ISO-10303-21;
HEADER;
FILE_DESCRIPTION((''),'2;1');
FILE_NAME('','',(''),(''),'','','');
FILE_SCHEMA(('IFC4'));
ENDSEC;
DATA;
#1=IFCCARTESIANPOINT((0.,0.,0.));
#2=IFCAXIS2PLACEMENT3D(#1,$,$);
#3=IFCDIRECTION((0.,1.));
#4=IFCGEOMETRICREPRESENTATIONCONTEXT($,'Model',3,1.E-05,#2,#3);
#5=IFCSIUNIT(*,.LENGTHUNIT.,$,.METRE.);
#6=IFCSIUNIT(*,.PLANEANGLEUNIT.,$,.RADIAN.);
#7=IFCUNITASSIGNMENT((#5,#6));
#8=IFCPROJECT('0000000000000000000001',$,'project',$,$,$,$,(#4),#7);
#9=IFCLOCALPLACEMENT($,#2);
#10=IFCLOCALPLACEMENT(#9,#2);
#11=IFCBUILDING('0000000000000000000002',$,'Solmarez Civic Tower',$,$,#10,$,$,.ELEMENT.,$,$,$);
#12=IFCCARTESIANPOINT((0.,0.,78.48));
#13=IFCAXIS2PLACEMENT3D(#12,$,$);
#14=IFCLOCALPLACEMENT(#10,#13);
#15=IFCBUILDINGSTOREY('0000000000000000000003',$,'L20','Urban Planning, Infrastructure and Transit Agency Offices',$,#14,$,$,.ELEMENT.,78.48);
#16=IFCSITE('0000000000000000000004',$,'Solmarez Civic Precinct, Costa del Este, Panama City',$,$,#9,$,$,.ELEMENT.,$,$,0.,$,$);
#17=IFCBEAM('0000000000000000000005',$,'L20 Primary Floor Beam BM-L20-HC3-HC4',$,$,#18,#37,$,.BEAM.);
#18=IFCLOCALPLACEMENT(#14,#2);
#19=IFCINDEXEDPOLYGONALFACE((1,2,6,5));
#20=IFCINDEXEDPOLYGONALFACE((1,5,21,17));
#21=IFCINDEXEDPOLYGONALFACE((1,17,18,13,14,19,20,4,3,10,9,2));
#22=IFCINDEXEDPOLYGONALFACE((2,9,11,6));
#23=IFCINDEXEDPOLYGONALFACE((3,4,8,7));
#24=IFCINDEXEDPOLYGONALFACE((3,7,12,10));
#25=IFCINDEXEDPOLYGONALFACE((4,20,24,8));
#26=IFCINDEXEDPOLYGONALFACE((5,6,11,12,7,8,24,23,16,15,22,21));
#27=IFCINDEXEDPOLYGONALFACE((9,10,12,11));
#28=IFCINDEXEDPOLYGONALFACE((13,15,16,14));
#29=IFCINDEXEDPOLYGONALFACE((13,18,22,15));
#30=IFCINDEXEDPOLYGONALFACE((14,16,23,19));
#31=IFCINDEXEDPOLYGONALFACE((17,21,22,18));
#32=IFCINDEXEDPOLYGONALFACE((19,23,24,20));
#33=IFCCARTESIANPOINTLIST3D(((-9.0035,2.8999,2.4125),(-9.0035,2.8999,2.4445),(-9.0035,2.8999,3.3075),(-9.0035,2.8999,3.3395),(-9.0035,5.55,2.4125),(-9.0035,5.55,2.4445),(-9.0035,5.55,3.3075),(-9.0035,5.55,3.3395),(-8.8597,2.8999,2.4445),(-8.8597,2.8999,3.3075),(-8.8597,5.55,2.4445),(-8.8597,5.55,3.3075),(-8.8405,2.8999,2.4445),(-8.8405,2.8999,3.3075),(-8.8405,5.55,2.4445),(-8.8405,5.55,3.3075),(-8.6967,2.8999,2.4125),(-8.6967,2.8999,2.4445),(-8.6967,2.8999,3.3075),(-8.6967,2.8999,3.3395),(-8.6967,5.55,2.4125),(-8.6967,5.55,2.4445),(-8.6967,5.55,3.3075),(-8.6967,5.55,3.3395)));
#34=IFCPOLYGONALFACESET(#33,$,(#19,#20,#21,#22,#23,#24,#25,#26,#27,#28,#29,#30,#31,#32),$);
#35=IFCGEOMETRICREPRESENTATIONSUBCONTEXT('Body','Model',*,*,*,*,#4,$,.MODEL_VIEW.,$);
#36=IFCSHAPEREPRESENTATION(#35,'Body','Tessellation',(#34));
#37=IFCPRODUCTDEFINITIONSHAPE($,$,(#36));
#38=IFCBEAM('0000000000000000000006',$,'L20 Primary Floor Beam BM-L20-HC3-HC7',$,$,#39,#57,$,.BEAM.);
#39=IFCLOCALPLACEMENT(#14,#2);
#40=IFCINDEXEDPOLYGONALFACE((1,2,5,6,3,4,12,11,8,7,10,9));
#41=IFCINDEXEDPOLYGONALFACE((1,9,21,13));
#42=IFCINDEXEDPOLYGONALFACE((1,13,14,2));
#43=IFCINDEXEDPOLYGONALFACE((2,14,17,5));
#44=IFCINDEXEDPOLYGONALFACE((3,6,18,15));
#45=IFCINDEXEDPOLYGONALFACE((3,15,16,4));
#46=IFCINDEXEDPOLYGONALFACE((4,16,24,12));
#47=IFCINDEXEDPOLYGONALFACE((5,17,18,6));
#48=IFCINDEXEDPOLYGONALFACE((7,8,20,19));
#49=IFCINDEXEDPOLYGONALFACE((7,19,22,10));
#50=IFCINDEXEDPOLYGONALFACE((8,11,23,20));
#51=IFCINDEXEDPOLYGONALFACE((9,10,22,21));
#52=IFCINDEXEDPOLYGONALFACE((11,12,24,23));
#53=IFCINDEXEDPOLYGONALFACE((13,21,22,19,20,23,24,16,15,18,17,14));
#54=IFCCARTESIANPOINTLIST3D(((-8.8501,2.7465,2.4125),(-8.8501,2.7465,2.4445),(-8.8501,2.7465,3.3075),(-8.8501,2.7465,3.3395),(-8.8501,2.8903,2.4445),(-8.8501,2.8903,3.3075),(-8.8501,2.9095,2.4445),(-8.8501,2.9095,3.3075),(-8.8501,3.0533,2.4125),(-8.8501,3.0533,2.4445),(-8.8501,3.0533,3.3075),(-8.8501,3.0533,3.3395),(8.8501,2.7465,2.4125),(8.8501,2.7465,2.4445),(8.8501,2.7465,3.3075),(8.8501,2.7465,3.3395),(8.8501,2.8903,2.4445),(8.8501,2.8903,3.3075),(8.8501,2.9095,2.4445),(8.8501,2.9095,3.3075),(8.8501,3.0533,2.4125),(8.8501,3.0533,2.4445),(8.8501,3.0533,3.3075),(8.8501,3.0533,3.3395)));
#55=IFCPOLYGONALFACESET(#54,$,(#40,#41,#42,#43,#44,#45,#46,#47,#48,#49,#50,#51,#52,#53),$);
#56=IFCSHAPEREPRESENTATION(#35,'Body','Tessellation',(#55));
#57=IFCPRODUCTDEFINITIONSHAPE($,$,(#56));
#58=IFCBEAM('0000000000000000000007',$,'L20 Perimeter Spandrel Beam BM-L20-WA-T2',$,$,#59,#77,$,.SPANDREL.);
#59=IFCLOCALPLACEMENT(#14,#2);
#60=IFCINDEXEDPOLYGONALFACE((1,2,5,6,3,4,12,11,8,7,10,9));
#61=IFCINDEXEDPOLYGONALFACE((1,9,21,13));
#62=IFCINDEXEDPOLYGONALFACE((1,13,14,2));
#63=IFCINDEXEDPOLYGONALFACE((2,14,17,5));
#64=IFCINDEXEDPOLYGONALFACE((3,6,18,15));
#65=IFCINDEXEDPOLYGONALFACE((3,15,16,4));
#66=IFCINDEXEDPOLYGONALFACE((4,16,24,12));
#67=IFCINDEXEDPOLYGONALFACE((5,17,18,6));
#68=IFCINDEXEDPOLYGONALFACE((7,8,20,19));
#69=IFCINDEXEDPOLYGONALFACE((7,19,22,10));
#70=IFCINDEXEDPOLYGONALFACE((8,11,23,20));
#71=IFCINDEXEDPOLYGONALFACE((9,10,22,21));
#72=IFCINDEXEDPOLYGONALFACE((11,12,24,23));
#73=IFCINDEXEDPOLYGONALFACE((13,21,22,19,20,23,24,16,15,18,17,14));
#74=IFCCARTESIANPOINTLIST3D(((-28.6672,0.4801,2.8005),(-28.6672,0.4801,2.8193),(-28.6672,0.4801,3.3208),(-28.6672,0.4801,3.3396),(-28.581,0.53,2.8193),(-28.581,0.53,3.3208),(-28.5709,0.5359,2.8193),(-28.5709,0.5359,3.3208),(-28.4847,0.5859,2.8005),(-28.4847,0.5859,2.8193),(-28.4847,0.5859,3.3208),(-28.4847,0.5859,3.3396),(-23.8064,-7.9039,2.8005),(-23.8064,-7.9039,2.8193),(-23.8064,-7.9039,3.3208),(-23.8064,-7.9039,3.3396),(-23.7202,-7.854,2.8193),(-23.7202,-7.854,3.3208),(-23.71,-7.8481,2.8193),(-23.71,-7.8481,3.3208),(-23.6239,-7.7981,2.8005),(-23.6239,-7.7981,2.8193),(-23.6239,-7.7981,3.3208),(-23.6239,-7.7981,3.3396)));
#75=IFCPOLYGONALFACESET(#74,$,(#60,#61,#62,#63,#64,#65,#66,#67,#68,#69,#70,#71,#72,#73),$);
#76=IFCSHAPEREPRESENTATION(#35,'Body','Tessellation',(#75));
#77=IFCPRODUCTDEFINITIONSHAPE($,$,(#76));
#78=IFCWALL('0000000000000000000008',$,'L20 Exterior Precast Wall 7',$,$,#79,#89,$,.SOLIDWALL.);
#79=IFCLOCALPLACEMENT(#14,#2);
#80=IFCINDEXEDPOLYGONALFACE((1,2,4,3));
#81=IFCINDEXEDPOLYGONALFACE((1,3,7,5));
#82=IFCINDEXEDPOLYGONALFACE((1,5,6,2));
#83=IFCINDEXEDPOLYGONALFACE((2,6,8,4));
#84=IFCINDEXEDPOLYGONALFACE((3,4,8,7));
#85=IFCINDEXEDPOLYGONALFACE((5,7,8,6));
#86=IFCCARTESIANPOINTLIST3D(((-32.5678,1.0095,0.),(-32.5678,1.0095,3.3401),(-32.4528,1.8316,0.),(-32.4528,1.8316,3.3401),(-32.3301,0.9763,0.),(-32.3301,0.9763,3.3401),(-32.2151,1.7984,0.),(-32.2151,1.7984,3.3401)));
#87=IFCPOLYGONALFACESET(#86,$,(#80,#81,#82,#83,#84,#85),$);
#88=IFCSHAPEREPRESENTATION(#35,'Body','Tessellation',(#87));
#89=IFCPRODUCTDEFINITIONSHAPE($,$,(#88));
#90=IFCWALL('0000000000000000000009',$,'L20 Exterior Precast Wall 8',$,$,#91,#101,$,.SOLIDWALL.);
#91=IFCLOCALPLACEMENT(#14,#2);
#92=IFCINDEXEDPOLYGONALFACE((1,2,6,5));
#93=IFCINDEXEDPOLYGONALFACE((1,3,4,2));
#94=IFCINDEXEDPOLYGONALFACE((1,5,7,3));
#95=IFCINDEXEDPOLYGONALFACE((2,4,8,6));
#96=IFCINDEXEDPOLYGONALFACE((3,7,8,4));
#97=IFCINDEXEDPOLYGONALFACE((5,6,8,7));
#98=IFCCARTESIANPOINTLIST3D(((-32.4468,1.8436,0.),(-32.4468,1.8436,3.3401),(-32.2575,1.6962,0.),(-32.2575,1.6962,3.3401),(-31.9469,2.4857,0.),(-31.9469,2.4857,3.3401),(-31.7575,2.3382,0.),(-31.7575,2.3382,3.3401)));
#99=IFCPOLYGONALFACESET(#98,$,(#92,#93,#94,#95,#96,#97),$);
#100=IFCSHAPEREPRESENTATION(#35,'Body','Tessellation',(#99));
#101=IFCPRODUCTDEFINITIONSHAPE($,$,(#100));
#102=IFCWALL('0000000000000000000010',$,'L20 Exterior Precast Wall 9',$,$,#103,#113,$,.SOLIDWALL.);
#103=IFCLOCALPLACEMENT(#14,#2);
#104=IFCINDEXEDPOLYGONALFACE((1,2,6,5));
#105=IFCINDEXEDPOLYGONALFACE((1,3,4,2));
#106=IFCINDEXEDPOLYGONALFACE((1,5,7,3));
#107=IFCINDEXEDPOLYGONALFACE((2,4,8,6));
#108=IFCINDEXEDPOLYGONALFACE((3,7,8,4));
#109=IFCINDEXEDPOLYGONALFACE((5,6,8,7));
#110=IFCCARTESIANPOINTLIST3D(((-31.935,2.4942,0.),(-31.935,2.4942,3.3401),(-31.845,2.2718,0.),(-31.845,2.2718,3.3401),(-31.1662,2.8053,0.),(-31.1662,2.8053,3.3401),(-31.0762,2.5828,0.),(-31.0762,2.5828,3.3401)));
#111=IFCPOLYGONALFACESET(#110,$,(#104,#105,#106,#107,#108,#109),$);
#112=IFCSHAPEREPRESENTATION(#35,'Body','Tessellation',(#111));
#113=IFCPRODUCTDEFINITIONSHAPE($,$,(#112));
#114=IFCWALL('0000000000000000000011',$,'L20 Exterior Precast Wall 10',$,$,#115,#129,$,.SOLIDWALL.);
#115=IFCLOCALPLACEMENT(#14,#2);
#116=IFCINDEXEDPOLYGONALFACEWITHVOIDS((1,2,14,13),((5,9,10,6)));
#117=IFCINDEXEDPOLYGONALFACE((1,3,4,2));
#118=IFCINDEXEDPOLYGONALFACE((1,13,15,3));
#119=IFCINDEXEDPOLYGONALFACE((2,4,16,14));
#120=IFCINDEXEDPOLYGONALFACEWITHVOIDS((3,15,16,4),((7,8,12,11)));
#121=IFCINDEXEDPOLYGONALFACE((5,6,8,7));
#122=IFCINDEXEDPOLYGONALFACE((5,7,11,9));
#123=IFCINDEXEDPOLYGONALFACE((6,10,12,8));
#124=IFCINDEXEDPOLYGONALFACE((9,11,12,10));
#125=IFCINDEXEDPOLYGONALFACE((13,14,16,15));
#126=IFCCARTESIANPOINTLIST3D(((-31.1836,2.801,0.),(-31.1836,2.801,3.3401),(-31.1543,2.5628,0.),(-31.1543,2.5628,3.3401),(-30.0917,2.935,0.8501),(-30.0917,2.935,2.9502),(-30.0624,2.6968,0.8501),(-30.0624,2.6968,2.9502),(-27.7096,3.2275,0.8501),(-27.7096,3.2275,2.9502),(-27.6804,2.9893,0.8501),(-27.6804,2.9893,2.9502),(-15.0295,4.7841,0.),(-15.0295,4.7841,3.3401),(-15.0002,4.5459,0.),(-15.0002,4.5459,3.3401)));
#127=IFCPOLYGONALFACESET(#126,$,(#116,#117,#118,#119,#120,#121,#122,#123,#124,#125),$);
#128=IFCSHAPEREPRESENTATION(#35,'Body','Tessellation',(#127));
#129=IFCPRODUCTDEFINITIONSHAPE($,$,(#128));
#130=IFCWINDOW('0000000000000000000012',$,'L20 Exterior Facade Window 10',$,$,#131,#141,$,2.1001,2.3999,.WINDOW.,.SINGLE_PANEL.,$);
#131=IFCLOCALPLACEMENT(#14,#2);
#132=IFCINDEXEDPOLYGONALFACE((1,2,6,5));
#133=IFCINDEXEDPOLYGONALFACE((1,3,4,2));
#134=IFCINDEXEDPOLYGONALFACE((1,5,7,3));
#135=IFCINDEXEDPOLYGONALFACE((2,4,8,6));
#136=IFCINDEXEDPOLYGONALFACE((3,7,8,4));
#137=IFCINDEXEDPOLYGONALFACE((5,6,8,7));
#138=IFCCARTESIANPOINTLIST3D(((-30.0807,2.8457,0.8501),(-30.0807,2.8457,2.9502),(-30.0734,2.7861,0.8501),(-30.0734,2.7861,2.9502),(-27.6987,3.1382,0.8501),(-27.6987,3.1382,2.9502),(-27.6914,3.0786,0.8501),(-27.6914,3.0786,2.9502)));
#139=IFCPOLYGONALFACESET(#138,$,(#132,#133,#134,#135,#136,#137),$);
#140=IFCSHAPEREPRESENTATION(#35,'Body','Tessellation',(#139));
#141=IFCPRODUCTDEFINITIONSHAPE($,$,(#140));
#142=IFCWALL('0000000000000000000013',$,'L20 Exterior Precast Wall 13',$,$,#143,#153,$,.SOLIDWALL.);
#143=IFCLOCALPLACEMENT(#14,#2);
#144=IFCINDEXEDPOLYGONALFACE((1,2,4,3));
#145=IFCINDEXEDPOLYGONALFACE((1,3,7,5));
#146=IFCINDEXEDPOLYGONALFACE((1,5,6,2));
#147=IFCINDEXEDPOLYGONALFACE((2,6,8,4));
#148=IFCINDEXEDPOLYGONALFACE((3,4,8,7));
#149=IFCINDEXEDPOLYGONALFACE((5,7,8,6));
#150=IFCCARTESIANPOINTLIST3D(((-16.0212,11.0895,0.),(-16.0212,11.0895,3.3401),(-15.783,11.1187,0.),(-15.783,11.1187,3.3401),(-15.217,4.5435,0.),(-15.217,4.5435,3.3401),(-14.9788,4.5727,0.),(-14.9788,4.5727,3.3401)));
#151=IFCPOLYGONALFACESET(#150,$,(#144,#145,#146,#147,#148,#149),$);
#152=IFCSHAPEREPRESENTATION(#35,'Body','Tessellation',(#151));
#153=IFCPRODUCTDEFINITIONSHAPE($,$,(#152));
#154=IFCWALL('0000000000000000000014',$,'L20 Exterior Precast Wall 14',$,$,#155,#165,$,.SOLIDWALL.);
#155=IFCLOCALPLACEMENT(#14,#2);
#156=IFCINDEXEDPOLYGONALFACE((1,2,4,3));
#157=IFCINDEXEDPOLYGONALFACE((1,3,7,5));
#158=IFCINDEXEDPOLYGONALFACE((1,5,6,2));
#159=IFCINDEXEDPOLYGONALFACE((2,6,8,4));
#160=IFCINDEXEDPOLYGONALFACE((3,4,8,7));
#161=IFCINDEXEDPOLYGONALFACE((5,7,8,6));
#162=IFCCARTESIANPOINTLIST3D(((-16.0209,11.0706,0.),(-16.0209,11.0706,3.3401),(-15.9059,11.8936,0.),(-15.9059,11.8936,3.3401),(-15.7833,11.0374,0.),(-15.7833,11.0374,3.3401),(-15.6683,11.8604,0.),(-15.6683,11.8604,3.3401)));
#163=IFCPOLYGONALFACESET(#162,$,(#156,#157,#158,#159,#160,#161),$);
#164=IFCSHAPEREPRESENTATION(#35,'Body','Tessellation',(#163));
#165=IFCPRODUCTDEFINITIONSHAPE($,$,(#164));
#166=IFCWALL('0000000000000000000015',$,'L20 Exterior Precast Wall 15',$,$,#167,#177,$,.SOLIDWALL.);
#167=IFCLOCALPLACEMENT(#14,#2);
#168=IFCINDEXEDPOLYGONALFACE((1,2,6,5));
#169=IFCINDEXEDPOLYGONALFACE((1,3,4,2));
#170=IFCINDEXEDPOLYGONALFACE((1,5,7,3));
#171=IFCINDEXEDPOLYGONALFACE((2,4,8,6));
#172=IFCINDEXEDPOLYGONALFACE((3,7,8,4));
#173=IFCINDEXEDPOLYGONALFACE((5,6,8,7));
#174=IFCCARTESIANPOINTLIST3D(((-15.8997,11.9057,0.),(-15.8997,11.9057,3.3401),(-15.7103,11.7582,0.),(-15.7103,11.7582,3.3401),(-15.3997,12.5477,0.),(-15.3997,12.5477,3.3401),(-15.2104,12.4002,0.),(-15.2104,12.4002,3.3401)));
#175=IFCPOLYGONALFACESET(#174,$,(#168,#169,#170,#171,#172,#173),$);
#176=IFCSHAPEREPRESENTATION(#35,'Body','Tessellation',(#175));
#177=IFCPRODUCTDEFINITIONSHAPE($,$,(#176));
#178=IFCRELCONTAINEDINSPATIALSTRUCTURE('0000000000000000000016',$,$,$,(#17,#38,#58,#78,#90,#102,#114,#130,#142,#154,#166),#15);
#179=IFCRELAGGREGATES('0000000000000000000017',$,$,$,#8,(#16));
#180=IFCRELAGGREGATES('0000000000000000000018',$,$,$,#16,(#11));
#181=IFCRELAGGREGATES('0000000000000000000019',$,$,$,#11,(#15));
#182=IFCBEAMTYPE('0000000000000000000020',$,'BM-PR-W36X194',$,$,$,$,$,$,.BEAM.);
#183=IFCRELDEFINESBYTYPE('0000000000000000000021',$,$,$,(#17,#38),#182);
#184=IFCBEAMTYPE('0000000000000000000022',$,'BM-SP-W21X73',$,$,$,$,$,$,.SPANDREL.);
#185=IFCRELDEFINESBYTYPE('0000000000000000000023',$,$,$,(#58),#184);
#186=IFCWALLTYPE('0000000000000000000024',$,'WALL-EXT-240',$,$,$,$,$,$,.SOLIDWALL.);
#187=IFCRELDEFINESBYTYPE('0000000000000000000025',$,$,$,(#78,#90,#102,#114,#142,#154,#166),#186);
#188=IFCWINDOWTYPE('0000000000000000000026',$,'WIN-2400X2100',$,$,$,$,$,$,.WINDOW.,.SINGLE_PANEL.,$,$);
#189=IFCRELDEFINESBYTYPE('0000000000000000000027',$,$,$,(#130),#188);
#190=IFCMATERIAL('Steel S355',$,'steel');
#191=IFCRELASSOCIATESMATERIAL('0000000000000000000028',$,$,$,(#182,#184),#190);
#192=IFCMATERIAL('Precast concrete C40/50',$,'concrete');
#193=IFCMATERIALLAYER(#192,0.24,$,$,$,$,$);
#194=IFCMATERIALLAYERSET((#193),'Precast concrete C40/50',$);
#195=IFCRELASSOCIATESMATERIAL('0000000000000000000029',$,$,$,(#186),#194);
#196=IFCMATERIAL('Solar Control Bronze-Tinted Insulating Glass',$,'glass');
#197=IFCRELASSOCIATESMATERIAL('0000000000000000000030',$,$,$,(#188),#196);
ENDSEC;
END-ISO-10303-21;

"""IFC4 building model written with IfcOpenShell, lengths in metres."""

from ifc_helpers import new_model, si_unit, direction, frame, frame_2d, origin, origin_2d, place, context, subcontext, project, spatial, rectangle, i_section, extrude, material, layer, layer_set, material_profile, profile_set, type_object, element, fill, save


model = new_model("IFC4")

# Units and contexts
model_context = context("Model", 3, precision=1e-05, world=origin(), true_north=direction((0.0, 1.0)))
body_context = subcontext(model_context, "Body", "Model", "MODEL_VIEW")
ifc_project = project(units=[si_unit("LENGTHUNIT", "METRE"), si_unit("PLANEANGLEUNIT", "RADIAN")], contexts=[model_context])

# Site, building, storey
site_placement = place(None, origin())
site = spatial("IfcSite", under=ifc_project, at=site_placement, Name="Solmarez Civic Precinct, Costa del Este, Panama City", CompositionType="ELEMENT", RefElevation=0.0)
building_placement = place(site_placement, origin())
building = spatial("IfcBuilding", under=site, at=building_placement, Name="Solmarez Civic Tower", CompositionType="ELEMENT")
storey_placement = place(building_placement, frame((0.0, 0.0, 78.48)))
storey = spatial("IfcBuildingStorey", under=building, at=storey_placement, Name="L20", Description="Urban Planning, Infrastructure and Transit Agency Offices", CompositionType="ELEMENT", Elevation=78.48)

# Beams
ifc_material_1 = material(Name="Steel S355", Category="steel")
ifc_material_profile_1 = material_profile(ifc_material_1, i_section(OverallWidth=0.3069, OverallDepth=0.927, WebThickness=0.0193, FlangeThickness=0.032, at=origin_2d()), Name="W36X194")
ifc_profile_set_1 = profile_set([ifc_material_profile_1], Name="Steel S355")
beam_type_1 = type_object("IfcBeamType", Name="BM-PR-W36X194", PredefinedType="BEAM", material=ifc_profile_set_1)
beam_1_placement = place(storey_placement, frame((-8.8501, 2.8999, 2.876), z_axis=(0.0, 1.0, 0.0), x_axis=(-1.0, 0.0, 0.0)))
element("IfcBeam", 1, at=beam_1_placement, inside=storey, type_object=beam_type_1, Name="L20 Primary Floor Beam BM-L20-HC3-HC4", PredefinedType="BEAM", context=body_context, shape_type="SweptSolid", body=[
    extrude(i_section(OverallWidth=0.3069, OverallDepth=0.927, WebThickness=0.0193, FlangeThickness=0.032, at=origin_2d()), origin(), (0.0, 0.0, 1.0), 2.6501),
])
beam_2_placement = place(storey_placement, frame((-8.8501, 2.8999, 2.876), z_axis=(1.0, 0.0, 0.0), x_axis=(0.0, 1.0, 0.0)))
element("IfcBeam", 2, at=beam_2_placement, inside=storey, type_object=beam_type_1, Name="L20 Primary Floor Beam BM-L20-HC3-HC7", PredefinedType="BEAM", context=body_context, shape_type="SweptSolid", body=[
    extrude(i_section(OverallWidth=0.3069, OverallDepth=0.927, WebThickness=0.0193, FlangeThickness=0.032, at=origin_2d()), origin(), (0.0, 0.0, 1.0), 17.7002),
])
ifc_material_profile_2 = material_profile(ifc_material_1, i_section(OverallWidth=0.2109, OverallDepth=0.5391, WebThickness=0.0117, FlangeThickness=0.0188, at=origin_2d()), Name="W21X73")
ifc_profile_set_2 = profile_set([ifc_material_profile_2], Name="Steel S355")
beam_type_2 = type_object("IfcBeamType", Name="BM-SP-W21X73", PredefinedType="SPANDREL", material=ifc_profile_set_2)
beam_3_placement = place(storey_placement, frame((-28.5759, 0.533, 3.0701), z_axis=(0.501571, -0.865116, 0.0), x_axis=(0.865116, 0.501571, 0.0)))
element("IfcBeam", 3, at=beam_3_placement, inside=storey, type_object=beam_type_2, Name="L20 Perimeter Spandrel Beam BM-L20-WA-T2", PredefinedType="SPANDREL", context=body_context, shape_type="SweptSolid", body=[
    extrude(i_section(OverallWidth=0.2109, OverallDepth=0.5391, WebThickness=0.0117, FlangeThickness=0.0188, at=origin_2d()), origin(), (0.0, 0.0, 1.0), 9.6912),
])

# Walls
ifc_material_2 = material(Name="Precast concrete C40/50", Category="concrete")
ifc_layer_1 = layer(ifc_material_2, 0.24)
ifc_layer_set_1 = layer_set([ifc_layer_1], Name="Precast concrete C40/50")
wall_type_1 = type_object("IfcWallType", Name="WALL-EXT-240", PredefinedType="SOLIDWALL", material=ifc_layer_set_1)
wall_1_placement = place(storey_placement, frame((-32.449, 0.9929, 0.0), z_axis=(0.0, 0.0, 1.0), x_axis=(0.138538, 0.990357, 0.0)))
element("IfcWall", 4, at=wall_1_placement, inside=storey, type_object=wall_type_1, Name="L20 Exterior Precast Wall 7", PredefinedType="SOLIDWALL", context=body_context, shape_type="SweptSolid", body=[
    extrude(rectangle(XDim=0.8301, YDim=0.24, at=frame_2d((0.415, 0.0))), origin(), (0.0, 0.0, 1.0), 3.3401),
])
wall_2_placement = place(storey_placement, frame((-32.3521, 1.77, 0.0), z_axis=(0.0, 0.0, 1.0), x_axis=(0.614397, 0.788997, 0.0)))
element("IfcWall", 5, at=wall_2_placement, inside=storey, type_object=wall_type_1, Name="L20 Exterior Precast Wall 8", PredefinedType="SOLIDWALL", context=body_context, shape_type="SweptSolid", body=[
    extrude(rectangle(XDim=0.8137, YDim=0.24, at=frame_2d((0.4067, 0.0))), origin(), (0.0, 0.0, 1.0), 3.3401),
])
wall_3_placement = place(storey_placement, frame((-31.8899, 2.3831, 0.0), z_axis=(0.0, 0.0, 1.0), x_axis=(0.927008, 0.375042, 0.0)))
element("IfcWall", 6, at=wall_3_placement, inside=storey, type_object=wall_type_1, Name="L20 Exterior Precast Wall 9", PredefinedType="SOLIDWALL", context=body_context, shape_type="SweptSolid", body=[
    extrude(rectangle(XDim=0.8293, YDim=0.24, at=frame_2d((0.4146, 0.0))), origin(), (0.0, 0.0, 1.0), 3.3401),
])

# Wall, opening, window
wall_4_placement = place(storey_placement, frame((-31.1689, 2.6819, 0.0), z_axis=(0.0, 0.0, 1.0), x_axis=(0.992548, 0.12185, 0.0)))
wall_4 = element("IfcWall", 7, at=wall_4_placement, inside=storey, type_object=wall_type_1, Name="L20 Exterior Precast Wall 10", PredefinedType="SOLIDWALL", context=body_context, shape_type="SweptSolid", body=[
    extrude(rectangle(XDim=16.2754, YDim=0.24, at=frame_2d((8.1377, 0.0))), origin(), (0.0, 0.0, 1.0), 3.3401),
])
opening_placement = place(wall_4_placement, frame((1.1001, 0.0, 0.8501)))
opening = element("IfcOpeningElement", 8, at=opening_placement, cuts=wall_4, PredefinedType="OPENING", context=body_context, shape_type="SweptSolid", body=[
    extrude(rectangle(XDim=2.3999, YDim=2.1001, at=frame_2d((1.2, 1.05))), frame((0.0, 0.1299, 0.0), z_axis=(0.0, -1.0, 0.0), x_axis=(1.0, 0.0, 0.0)), (0.0, 0.0, 1.0), 0.26),
])
ifc_material_3 = material(Name="Solar Control Bronze-Tinted Insulating Glass", Category="glass")
window_type = type_object("IfcWindowType", Name="WIN-2400X2100", PartitioningType="SINGLE_PANEL", PredefinedType="WINDOW", material=ifc_material_3)
window_placement = place(opening_placement, origin())
window = element("IfcWindow", 9, at=window_placement, inside=storey, type_object=window_type, Name="L20 Exterior Facade Window 10", OverallHeight=2.1001, OverallWidth=2.3999, PartitioningType="SINGLE_PANEL", PredefinedType="WINDOW", context=body_context, shape_type="SweptSolid", body=[
    extrude(rectangle(XDim=2.3999, YDim=2.1001, at=frame_2d((1.2, 1.05))), frame((0.0, 0.03, 0.0), z_axis=(0.0, -1.0, 0.0), x_axis=(1.0, 0.0, 0.0)), (0.0, 0.0, 1.0), 0.0601),
])
fill(opening, window)

# Walls
wall_5_placement = place(storey_placement, frame((-15.0979, 4.5581, 0.0), z_axis=(0.0, 0.0, 1.0), x_axis=(-0.121939, 0.992538, 0.0)))
element("IfcWall", 10, at=wall_5_placement, inside=storey, type_object=wall_type_1, Name="L20 Exterior Precast Wall 13", PredefinedType="SOLIDWALL", context=body_context, shape_type="SweptSolid", body=[
    extrude(rectangle(XDim=6.5952, YDim=0.24, at=frame_2d((3.2976, 0.0))), origin(), (0.0, 0.0, 1.0), 3.3401),
])
wall_6_placement = place(storey_placement, frame((-15.9021, 11.054, 0.0), z_axis=(0.0, 0.0, 1.0), x_axis=(0.138377, 0.99038, 0.0)))
element("IfcWall", 11, at=wall_6_placement, inside=storey, type_object=wall_type_1, Name="L20 Exterior Precast Wall 14", PredefinedType="SOLIDWALL", context=body_context, shape_type="SweptSolid", body=[
    extrude(rectangle(XDim=0.8311, YDim=0.24, at=frame_2d((0.4155, 0.0))), origin(), (0.0, 0.0, 1.0), 3.3401),
])
wall_7_placement = place(storey_placement, frame((-15.8049, 11.832, 0.0), z_axis=(0.0, 0.0, 1.0), x_axis=(0.614397, 0.788997, 0.0)))
element("IfcWall", 12, at=wall_7_placement, inside=storey, type_object=wall_type_1, Name="L20 Exterior Precast Wall 15", PredefinedType="SOLIDWALL", context=body_context, shape_type="SweptSolid", body=[
    extrude(rectangle(XDim=0.8137, YDim=0.24, at=frame_2d((0.4067, 0.0))), origin(), (0.0, 0.0, 1.0), 3.3401),
])

save(model, "model.ifc")
